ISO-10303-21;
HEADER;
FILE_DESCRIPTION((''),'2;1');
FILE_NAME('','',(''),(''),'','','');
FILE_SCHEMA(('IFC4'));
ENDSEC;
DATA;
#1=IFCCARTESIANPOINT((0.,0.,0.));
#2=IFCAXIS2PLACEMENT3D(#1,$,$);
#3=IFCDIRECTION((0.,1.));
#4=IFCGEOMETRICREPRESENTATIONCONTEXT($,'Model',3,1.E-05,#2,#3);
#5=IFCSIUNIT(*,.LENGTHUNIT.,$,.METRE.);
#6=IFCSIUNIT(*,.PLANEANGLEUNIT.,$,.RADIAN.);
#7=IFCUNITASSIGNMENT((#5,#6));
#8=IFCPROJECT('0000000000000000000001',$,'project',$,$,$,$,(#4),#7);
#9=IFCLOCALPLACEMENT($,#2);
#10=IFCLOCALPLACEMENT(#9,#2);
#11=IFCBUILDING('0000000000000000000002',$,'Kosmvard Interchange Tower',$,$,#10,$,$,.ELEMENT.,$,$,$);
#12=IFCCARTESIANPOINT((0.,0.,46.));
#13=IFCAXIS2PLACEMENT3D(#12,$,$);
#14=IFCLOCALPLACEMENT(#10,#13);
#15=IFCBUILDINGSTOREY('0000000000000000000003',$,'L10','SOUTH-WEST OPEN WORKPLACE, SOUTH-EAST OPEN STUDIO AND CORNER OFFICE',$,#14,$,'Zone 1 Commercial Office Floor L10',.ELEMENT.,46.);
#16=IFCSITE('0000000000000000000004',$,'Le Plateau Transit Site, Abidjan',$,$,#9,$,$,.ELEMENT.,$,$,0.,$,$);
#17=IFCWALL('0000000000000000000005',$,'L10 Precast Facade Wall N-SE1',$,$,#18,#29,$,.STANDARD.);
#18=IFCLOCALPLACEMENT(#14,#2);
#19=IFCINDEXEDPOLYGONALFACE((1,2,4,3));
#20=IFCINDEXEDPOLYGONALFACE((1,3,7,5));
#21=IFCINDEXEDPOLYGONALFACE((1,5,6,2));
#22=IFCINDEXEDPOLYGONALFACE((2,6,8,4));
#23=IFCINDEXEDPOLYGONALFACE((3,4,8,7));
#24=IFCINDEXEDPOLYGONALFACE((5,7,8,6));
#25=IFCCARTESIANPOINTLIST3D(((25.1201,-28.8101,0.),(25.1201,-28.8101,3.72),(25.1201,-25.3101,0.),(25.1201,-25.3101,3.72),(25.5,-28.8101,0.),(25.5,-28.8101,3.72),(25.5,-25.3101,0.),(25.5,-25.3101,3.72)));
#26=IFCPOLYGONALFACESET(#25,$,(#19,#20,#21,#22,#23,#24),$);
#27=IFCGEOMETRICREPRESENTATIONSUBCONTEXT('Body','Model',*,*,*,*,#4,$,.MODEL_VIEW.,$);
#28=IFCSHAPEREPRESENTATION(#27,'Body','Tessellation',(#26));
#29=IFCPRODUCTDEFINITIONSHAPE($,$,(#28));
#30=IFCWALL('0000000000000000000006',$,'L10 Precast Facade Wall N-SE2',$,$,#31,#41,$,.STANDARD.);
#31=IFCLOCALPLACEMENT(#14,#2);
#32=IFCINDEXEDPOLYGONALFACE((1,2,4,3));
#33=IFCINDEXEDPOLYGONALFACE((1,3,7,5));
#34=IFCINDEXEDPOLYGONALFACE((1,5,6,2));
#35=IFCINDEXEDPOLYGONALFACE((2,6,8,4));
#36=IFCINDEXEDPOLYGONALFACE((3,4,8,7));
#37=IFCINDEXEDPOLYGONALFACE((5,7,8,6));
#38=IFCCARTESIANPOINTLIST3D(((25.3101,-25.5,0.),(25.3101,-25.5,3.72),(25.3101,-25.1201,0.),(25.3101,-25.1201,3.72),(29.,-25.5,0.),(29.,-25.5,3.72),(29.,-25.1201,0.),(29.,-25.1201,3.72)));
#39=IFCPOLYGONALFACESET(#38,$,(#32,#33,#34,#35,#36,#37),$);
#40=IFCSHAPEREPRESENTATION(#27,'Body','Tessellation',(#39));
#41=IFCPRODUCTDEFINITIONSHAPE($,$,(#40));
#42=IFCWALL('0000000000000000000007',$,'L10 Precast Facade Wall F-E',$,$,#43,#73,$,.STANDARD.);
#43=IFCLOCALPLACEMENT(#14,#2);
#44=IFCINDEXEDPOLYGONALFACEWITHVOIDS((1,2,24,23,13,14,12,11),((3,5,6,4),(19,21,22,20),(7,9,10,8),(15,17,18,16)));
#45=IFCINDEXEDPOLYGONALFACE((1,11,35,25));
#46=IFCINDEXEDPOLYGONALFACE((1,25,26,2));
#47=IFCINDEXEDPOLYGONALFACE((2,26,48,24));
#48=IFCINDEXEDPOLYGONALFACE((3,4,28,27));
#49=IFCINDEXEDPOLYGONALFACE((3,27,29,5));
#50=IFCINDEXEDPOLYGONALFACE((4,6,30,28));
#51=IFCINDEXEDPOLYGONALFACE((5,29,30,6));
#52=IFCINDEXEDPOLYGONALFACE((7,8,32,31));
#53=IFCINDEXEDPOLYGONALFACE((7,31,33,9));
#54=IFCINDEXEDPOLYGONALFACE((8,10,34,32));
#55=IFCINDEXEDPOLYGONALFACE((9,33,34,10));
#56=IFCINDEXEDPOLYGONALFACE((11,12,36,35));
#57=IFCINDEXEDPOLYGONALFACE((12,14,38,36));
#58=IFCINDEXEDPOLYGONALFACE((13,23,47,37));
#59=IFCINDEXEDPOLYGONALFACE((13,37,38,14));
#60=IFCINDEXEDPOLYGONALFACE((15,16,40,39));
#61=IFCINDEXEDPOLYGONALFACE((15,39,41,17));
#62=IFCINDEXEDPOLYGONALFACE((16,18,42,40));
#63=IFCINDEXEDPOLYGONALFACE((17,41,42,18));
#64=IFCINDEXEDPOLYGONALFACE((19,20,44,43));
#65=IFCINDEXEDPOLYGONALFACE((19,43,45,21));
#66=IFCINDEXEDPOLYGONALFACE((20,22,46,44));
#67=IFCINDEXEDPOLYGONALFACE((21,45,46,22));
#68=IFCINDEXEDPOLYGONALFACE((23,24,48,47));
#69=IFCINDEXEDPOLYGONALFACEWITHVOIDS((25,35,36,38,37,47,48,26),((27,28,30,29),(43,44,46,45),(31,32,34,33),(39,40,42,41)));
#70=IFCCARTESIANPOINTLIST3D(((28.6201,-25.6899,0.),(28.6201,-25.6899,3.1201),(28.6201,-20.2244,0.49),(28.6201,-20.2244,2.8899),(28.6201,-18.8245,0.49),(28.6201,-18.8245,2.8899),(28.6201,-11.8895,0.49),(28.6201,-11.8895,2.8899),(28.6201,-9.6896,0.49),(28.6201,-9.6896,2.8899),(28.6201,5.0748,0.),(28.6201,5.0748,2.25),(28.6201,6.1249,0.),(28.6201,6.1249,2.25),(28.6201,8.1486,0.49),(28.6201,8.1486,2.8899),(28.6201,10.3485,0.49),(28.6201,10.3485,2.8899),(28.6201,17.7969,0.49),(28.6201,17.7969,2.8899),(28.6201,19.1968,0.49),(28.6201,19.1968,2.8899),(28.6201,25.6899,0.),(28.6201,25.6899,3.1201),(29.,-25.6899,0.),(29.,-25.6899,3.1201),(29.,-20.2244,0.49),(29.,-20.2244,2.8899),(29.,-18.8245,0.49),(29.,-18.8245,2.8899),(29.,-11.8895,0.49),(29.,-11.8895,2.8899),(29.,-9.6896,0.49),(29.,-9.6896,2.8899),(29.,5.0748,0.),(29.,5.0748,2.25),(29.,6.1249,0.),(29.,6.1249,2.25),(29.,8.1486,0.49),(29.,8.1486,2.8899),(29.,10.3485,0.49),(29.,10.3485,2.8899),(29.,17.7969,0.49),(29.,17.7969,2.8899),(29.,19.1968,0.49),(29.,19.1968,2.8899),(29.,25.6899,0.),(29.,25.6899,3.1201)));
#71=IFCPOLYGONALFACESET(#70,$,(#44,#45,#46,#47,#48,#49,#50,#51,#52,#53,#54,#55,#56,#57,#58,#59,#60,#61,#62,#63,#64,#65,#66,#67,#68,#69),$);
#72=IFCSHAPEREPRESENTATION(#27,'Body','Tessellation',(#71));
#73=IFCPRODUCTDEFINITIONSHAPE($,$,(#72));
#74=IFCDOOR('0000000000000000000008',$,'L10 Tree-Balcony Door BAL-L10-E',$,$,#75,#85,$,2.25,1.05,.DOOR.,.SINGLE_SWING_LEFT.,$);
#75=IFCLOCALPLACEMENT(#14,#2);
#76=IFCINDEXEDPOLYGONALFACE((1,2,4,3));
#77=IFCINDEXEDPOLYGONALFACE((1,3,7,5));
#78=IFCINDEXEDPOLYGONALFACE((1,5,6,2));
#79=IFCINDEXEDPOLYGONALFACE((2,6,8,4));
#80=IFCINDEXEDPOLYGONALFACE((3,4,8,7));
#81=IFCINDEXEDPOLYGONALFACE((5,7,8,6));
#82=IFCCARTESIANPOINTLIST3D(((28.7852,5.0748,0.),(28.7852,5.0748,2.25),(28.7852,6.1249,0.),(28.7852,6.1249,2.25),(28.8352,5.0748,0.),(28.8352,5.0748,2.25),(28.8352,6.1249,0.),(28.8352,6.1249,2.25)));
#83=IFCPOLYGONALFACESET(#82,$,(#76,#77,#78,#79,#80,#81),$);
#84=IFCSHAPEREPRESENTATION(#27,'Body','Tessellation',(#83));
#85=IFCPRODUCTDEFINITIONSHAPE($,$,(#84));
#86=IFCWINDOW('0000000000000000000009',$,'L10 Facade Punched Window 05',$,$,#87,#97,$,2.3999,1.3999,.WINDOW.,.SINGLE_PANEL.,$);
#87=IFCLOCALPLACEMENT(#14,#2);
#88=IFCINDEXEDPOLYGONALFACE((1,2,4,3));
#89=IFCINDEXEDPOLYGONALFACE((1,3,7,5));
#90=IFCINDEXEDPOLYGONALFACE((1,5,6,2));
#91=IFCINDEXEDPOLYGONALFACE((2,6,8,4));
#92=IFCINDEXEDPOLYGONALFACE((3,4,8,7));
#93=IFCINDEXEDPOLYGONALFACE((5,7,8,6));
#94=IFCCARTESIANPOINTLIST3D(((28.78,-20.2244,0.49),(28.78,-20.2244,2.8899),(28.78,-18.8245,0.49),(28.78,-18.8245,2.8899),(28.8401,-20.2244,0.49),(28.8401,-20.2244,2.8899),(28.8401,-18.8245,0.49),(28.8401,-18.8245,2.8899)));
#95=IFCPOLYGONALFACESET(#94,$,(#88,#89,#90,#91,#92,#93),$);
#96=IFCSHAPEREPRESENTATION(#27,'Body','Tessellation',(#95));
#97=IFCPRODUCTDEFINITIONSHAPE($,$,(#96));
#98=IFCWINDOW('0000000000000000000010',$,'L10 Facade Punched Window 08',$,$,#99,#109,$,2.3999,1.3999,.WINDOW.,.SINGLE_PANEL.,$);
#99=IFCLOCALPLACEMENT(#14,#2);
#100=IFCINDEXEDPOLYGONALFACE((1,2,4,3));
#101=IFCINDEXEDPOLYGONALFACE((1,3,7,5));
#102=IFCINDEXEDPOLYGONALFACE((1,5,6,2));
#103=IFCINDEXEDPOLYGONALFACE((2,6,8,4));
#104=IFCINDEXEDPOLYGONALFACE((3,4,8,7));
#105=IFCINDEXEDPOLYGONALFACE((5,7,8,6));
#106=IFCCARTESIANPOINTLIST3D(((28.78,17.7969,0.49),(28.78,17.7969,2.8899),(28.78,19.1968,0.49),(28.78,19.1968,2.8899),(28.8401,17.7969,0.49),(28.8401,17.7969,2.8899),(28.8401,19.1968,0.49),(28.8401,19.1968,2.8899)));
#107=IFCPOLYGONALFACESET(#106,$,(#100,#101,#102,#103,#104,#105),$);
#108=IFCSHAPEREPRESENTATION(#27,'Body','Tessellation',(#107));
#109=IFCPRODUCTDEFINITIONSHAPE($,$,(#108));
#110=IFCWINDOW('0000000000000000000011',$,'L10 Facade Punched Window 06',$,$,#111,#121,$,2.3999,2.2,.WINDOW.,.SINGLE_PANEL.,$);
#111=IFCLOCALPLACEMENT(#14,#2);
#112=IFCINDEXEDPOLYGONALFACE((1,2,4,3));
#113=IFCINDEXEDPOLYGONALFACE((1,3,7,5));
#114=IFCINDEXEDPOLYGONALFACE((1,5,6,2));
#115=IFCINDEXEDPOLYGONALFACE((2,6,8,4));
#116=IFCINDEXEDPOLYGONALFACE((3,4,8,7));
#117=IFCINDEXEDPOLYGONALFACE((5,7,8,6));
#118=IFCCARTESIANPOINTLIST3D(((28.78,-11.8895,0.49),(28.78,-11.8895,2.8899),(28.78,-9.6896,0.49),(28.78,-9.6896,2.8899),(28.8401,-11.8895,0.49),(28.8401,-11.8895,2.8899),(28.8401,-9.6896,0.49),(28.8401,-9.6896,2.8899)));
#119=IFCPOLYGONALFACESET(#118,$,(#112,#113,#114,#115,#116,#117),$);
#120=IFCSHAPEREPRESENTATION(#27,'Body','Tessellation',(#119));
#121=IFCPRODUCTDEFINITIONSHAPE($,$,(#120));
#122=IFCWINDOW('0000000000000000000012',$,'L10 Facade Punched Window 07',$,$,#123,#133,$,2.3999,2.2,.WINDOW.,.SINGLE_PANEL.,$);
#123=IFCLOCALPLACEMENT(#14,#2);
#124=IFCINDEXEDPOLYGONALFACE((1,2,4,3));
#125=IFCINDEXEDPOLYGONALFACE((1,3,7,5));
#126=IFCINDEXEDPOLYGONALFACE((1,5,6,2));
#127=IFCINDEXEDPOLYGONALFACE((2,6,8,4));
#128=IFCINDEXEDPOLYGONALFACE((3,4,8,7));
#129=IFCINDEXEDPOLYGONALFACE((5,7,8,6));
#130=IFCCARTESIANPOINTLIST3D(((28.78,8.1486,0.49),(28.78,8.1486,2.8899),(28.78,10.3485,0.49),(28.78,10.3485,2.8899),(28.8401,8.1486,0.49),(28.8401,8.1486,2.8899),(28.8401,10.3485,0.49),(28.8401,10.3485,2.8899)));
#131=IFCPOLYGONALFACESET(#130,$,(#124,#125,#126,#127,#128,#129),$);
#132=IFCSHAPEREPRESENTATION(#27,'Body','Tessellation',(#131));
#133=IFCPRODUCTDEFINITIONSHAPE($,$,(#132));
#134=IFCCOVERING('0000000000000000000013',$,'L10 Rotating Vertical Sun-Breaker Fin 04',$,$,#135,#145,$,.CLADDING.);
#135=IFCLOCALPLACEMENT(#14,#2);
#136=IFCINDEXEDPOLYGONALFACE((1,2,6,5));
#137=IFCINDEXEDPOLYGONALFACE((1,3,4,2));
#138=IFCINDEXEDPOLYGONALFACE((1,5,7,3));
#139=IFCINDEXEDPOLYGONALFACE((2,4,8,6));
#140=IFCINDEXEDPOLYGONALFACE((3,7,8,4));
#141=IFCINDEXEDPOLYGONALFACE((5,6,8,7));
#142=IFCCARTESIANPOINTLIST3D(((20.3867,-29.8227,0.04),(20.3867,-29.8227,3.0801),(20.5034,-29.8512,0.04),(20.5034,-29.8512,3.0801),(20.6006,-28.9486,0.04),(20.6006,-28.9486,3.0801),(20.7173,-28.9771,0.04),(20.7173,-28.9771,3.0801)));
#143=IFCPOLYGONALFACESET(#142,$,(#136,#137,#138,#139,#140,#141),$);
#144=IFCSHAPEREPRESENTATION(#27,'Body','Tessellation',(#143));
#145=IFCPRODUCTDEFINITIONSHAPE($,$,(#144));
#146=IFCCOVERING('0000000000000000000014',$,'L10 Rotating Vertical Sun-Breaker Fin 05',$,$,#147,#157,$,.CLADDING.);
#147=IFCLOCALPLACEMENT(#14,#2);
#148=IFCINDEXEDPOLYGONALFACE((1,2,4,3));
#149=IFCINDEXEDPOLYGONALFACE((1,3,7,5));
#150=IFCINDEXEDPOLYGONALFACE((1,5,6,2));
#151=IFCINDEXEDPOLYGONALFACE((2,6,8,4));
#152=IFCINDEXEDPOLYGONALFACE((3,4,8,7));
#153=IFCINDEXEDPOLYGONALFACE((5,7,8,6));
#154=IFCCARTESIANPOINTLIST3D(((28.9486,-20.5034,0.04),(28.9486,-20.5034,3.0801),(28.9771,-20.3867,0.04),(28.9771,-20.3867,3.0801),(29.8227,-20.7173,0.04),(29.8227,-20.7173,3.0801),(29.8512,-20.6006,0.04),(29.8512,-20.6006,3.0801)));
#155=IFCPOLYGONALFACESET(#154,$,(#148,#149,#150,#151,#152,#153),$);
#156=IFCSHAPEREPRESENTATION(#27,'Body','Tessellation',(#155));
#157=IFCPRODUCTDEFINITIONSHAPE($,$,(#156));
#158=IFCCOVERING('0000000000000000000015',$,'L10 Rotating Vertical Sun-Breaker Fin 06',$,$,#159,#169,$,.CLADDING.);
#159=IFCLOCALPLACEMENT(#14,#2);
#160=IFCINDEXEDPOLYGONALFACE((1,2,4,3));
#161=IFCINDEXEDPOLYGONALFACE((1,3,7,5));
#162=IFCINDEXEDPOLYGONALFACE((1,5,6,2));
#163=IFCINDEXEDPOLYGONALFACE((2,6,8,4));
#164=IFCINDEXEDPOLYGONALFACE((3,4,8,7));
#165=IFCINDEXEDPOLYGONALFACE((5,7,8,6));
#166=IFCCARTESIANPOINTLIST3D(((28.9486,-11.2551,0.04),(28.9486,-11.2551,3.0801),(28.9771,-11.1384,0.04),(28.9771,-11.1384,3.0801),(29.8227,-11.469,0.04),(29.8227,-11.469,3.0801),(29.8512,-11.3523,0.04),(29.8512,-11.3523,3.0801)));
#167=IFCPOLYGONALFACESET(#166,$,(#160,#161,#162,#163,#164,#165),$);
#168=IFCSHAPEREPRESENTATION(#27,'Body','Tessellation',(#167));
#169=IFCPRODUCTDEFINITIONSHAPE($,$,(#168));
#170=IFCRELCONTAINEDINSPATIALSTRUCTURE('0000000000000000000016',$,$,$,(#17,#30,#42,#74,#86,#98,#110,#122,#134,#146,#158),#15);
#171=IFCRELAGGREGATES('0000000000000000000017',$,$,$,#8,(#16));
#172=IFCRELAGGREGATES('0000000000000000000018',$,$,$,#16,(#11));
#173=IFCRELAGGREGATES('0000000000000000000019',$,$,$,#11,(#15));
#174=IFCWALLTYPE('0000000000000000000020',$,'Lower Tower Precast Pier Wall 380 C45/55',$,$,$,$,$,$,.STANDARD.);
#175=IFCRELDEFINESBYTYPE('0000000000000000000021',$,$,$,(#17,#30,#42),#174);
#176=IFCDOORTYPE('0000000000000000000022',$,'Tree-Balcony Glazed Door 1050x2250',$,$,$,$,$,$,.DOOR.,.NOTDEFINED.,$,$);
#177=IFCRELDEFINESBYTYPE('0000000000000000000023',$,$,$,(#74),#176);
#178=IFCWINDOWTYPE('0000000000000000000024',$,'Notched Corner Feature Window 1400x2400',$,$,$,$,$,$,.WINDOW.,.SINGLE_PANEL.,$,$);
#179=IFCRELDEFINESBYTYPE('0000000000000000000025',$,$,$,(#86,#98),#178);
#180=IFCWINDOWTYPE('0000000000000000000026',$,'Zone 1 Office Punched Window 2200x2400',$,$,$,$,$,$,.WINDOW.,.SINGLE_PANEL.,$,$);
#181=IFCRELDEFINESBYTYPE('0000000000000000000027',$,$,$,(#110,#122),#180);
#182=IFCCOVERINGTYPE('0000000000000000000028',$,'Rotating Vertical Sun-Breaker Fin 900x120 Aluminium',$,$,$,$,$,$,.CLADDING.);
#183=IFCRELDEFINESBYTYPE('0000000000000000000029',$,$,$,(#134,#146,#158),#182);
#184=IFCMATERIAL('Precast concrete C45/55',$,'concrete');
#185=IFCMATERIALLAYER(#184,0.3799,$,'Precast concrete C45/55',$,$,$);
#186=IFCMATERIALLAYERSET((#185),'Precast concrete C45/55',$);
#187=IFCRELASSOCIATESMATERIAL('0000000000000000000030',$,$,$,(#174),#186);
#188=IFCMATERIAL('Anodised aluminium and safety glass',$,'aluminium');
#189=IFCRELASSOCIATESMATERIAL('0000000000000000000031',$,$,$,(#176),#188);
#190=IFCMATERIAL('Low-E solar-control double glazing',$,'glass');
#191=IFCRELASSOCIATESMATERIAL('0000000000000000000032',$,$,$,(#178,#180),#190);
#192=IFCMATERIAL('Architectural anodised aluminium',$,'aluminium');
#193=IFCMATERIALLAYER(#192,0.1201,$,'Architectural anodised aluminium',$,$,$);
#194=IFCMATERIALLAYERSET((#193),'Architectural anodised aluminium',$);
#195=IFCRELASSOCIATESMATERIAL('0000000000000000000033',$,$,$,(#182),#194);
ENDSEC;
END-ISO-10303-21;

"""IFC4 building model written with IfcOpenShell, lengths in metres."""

from ifc_helpers import new_model, si_unit, direction, frame, frame_2d, origin, origin_2d, place, context, subcontext, project, spatial, rectangle, extrude, source, transform, mapped, material, layer, layer_set, type_object, element, fill, save


model = new_model("IFC4")

# Units and contexts
model_context = context("Model", 3, precision=1e-05, world=origin(), true_north=direction((0.0, 1.0)))
body_context = subcontext(model_context, "Body", "Model", "MODEL_VIEW")
ifc_project = project(units=[si_unit("LENGTHUNIT", "METRE"), si_unit("PLANEANGLEUNIT", "RADIAN")], contexts=[model_context])

# Site, building, storey
site_placement = place(None, origin())
site = spatial("IfcSite", under=ifc_project, at=site_placement, Name="Le Plateau Transit Site, Abidjan", CompositionType="ELEMENT", RefElevation=0.0)
building_placement = place(site_placement, origin())
building = spatial("IfcBuilding", under=site, at=building_placement, Name="Kosmvard Interchange Tower", CompositionType="ELEMENT")
storey_placement = place(building_placement, frame((0.0, 0.0, 46.0)))
storey = spatial("IfcBuildingStorey", under=building, at=storey_placement, Name="L10", Description="SOUTH-WEST OPEN WORKPLACE, SOUTH-EAST OPEN STUDIO AND CORNER OFFICE", LongName="Zone 1 Commercial Office Floor L10", CompositionType="ELEMENT", Elevation=46.0)

# Shared definitions
ifc_material_1 = material(Name="Precast concrete C45/55", Category="concrete")

# Walls
ifc_layer_1 = layer(ifc_material_1, 0.3799, Name="Precast concrete C45/55")
ifc_layer_set_1 = layer_set([ifc_layer_1], Name="Precast concrete C45/55")
wall_type_1 = type_object("IfcWallType", Name="Lower Tower Precast Pier Wall 380 C45/55", PredefinedType="STANDARD", material=ifc_layer_set_1)
wall_1_placement = place(storey_placement, frame((25.3101, -28.8101, 0.0), z_axis=(0.0, 0.0, 1.0), x_axis=(0.0, 1.0, 0.0)))
element("IfcWall", 1, at=wall_1_placement, inside=storey, type_object=wall_type_1, Name="L10 Precast Facade Wall N-SE1", PredefinedType="STANDARD", context=body_context, shape_type="SweptSolid", body=[
    extrude(rectangle(XDim=3.5, YDim=0.3799, at=frame_2d((1.75, 0.0))), origin(), (0.0, 0.0, 1.0), 3.72),
])
wall_2_placement = place(storey_placement, frame((25.3101, -25.3101, 0.0), z_axis=(0.0, 0.0, 1.0), x_axis=(1.0, 0.0, 0.0)))
element("IfcWall", 2, at=wall_2_placement, inside=storey, type_object=wall_type_1, Name="L10 Precast Facade Wall N-SE2", PredefinedType="STANDARD", context=body_context, shape_type="SweptSolid", body=[
    extrude(rectangle(XDim=3.6899, YDim=0.3799, at=frame_2d((1.845, 0.0))), origin(), (0.0, 0.0, 1.0), 3.72),
])

# Wall, openings, door, windows
wall_3_placement = place(storey_placement, frame((28.8101, -25.6899, 0.0), z_axis=(0.0, 0.0, 1.0), x_axis=(0.0, 1.0, 0.0)))
wall_3 = element("IfcWall", 3, at=wall_3_placement, inside=storey, type_object=wall_type_1, Name="L10 Precast Facade Wall F-E", PredefinedType="STANDARD", context=body_context, shape_type="SweptSolid", body=[
    extrude(rectangle(XDim=51.3799, YDim=0.3799, at=frame_2d((25.6899, 0.0))), origin(), (0.0, 0.0, 1.0), 3.1201),
])
opening_1_placement = place(wall_3_placement, frame((30.7649, 0.0, 0.0)))
opening_1 = element("IfcOpeningElement", 4, at=opening_1_placement, cuts=wall_3, PredefinedType="OPENING", context=body_context, shape_type="SweptSolid", body=[
    extrude(rectangle(XDim=1.05, YDim=2.25, at=frame_2d((0.5249, 1.125))), frame((0.0, 0.2, 0.0), z_axis=(0.0, -1.0, 0.0), x_axis=(1.0, 0.0, 0.0)), (0.0, 0.0, 1.0), 0.3999),
])
opening_2_placement = place(wall_3_placement, frame((5.4656, 0.0, 0.49)))
opening_2 = element("IfcOpeningElement", 5, at=opening_2_placement, cuts=wall_3, PredefinedType="OPENING", context=body_context, shape_type="SweptSolid", body=[
    extrude(rectangle(XDim=1.3999, YDim=2.3999, at=frame_2d((0.7, 1.2))), frame((0.0, 0.2, 0.0), z_axis=(0.0, -1.0, 0.0), x_axis=(1.0, 0.0, 0.0)), (0.0, 0.0, 1.0), 0.3999),
])
opening_3_placement = place(wall_3_placement, frame((13.8003, 0.0, 0.49)))
opening_3 = element("IfcOpeningElement", 6, at=opening_3_placement, cuts=wall_3, PredefinedType="OPENING", context=body_context, shape_type="SweptSolid", body=[
    extrude(rectangle(XDim=2.2, YDim=2.3999, at=frame_2d((1.1001, 1.2))), frame((0.0, 0.2, 0.0), z_axis=(0.0, -1.0, 0.0), x_axis=(1.0, 0.0, 0.0)), (0.0, 0.0, 1.0), 0.3999),
])
opening_4_placement = place(wall_3_placement, frame((33.8384, 0.0, 0.49)))
opening_4 = element("IfcOpeningElement", 7, at=opening_4_placement, cuts=wall_3, PredefinedType="OPENING", context=body_context, shape_type="SweptSolid", body=[
    extrude(rectangle(XDim=2.2, YDim=2.3999, at=frame_2d((1.1001, 1.2))), frame((0.0, 0.2, 0.0), z_axis=(0.0, -1.0, 0.0), x_axis=(1.0, 0.0, 0.0)), (0.0, 0.0, 1.0), 0.3999),
])
opening_5_placement = place(wall_3_placement, frame((43.4868, 0.0, 0.49)))
opening_5 = element("IfcOpeningElement", 8, at=opening_5_placement, cuts=wall_3, PredefinedType="OPENING", context=body_context, shape_type="SweptSolid", body=[
    extrude(rectangle(XDim=1.3999, YDim=2.3999, at=frame_2d((0.7, 1.2))), frame((0.0, 0.2, 0.0), z_axis=(0.0, -1.0, 0.0), x_axis=(1.0, 0.0, 0.0)), (0.0, 0.0, 1.0), 0.3999),
])
ifc_material_2 = material(Name="Anodised aluminium and safety glass", Category="aluminium")
door_type_1 = type_object("IfcDoorType", Name="Tree-Balcony Glazed Door 1050x2250", OperationType="NOTDEFINED", PredefinedType="DOOR", material=ifc_material_2)
shared_shape_1 = source(origin(), body_context, "Body", "SweptSolid", [
    extrude(rectangle(XDim=1.05, YDim=2.25, at=frame_2d((0.5249, 1.125))), frame((0.0, 0.0249, 0.0), z_axis=(0.0, -1.0, 0.0), x_axis=(1.0, 0.0, 0.0)), (0.0, 0.0, 1.0), 0.05),
])
door_1_placement = place(opening_1_placement, origin())
door_1 = element("IfcDoor", 9, at=door_1_placement, inside=storey, type_object=door_type_1, Name="L10 Tree-Balcony Door BAL-L10-E", OperationType="SINGLE_SWING_LEFT", OverallHeight=2.25, OverallWidth=1.05, PredefinedType="DOOR", context=body_context, shape_type="MappedRepresentation", body=[
    mapped(shared_shape_1, transform((0.0, 0.0, 0.0), scale=1.0)),
])
fill(opening_1, door_1)
ifc_material_3 = material(Name="Low-E solar-control double glazing", Category="glass")
window_type_1 = type_object("IfcWindowType", Name="Notched Corner Feature Window 1400x2400", PartitioningType="SINGLE_PANEL", PredefinedType="WINDOW", material=ifc_material_3)
shared_shape_2 = source(origin(), body_context, "Body", "SweptSolid", [
    extrude(rectangle(XDim=1.3999, YDim=2.3999, at=frame_2d((0.7, 1.2))), frame((0.0, 0.03, 0.0), z_axis=(0.0, -1.0, 0.0), x_axis=(1.0, 0.0, 0.0)), (0.0, 0.0, 1.0), 0.0601),
])
window_1_placement = place(opening_2_placement, origin())
window_1 = element("IfcWindow", 10, at=window_1_placement, inside=storey, type_object=window_type_1, Name="L10 Facade Punched Window 05", OverallHeight=2.3999, OverallWidth=1.3999, PartitioningType="SINGLE_PANEL", PredefinedType="WINDOW", context=body_context, shape_type="MappedRepresentation", body=[
    mapped(shared_shape_2, transform((0.0, 0.0, 0.0), scale=1.0)),
])
fill(opening_2, window_1)
window_2_placement = place(opening_5_placement, origin())
window_2 = element("IfcWindow", 11, at=window_2_placement, inside=storey, type_object=window_type_1, Name="L10 Facade Punched Window 08", OverallHeight=2.3999, OverallWidth=1.3999, PartitioningType="SINGLE_PANEL", PredefinedType="WINDOW", context=body_context, shape_type="MappedRepresentation", body=[
    mapped(shared_shape_2, transform((0.0, 0.0, 0.0), scale=1.0)),
])
fill(opening_5, window_2)
window_type_2 = type_object("IfcWindowType", Name="Zone 1 Office Punched Window 2200x2400", PartitioningType="SINGLE_PANEL", PredefinedType="WINDOW", material=ifc_material_3)
shared_shape_3 = source(origin(), body_context, "Body", "SweptSolid", [
    extrude(rectangle(XDim=2.2, YDim=2.3999, at=frame_2d((1.1001, 1.2))), frame((0.0, 0.03, 0.0), z_axis=(0.0, -1.0, 0.0), x_axis=(1.0, 0.0, 0.0)), (0.0, 0.0, 1.0), 0.0601),
])
window_3_placement = place(opening_3_placement, origin())
window_3 = element("IfcWindow", 12, at=window_3_placement, inside=storey, type_object=window_type_2, Name="L10 Facade Punched Window 06", OverallHeight=2.3999, OverallWidth=2.2, PartitioningType="SINGLE_PANEL", PredefinedType="WINDOW", context=body_context, shape_type="MappedRepresentation", body=[
    mapped(shared_shape_3, transform((0.0, 0.0, 0.0), scale=1.0)),
])
fill(opening_3, window_3)
window_4_placement = place(opening_4_placement, origin())
window_4 = element("IfcWindow", 13, at=window_4_placement, inside=storey, type_object=window_type_2, Name="L10 Facade Punched Window 07", OverallHeight=2.3999, OverallWidth=2.2, PartitioningType="SINGLE_PANEL", PredefinedType="WINDOW", context=body_context, shape_type="MappedRepresentation", body=[
    mapped(shared_shape_3, transform((0.0, 0.0, 0.0), scale=1.0)),
])
fill(opening_4, window_4)

# Coverings
ifc_material_4 = material(Name="Architectural anodised aluminium", Category="aluminium")
ifc_layer_2 = layer(ifc_material_4, 0.1201, Name="Architectural anodised aluminium")
ifc_layer_set_2 = layer_set([ifc_layer_2], Name="Architectural anodised aluminium")
covering_type = type_object("IfcCoveringType", Name="Rotating Vertical Sun-Breaker Fin 900x120 Aluminium", PredefinedType="CLADDING", material=ifc_layer_set_2)
shared_shape_4 = source(origin(), body_context, "Body", "SweptSolid", [
    extrude(rectangle(XDim=0.8999, YDim=0.1201, at=origin_2d()), origin(), (0.0, 0.0, 1.0), 3.04),
])
for number, where, z_axis, x_axis, name in (
    (14, (20.552, -29.3999, 0.04), (0.0, 0.0, 1.0), (-0.237686, -0.971342, 0.0), "L10 Rotating Vertical Sun-Breaker Fin 04"),
    (15, (29.3999, -20.552, 0.04), (0.0, 0.0, 1.0), (0.971342, -0.237686, 0.0), "L10 Rotating Vertical Sun-Breaker Fin 05"),
    (16, (29.3999, -11.3037, 0.04), (0.0, 0.0, 1.0), (0.971342, -0.237686, 0.0), "L10 Rotating Vertical Sun-Breaker Fin 06"),
):
    element("IfcCovering", number, at=place(storey_placement, frame(where, z_axis=z_axis, x_axis=x_axis)), inside=storey, type_object=covering_type, Name=name, PredefinedType="CLADDING", context=body_context, shape_type="MappedRepresentation", body=[
        mapped(shared_shape_4, transform((0.0, 0.0, 0.0), scale=1.0)),
    ])

save(model, "model.ifc")
